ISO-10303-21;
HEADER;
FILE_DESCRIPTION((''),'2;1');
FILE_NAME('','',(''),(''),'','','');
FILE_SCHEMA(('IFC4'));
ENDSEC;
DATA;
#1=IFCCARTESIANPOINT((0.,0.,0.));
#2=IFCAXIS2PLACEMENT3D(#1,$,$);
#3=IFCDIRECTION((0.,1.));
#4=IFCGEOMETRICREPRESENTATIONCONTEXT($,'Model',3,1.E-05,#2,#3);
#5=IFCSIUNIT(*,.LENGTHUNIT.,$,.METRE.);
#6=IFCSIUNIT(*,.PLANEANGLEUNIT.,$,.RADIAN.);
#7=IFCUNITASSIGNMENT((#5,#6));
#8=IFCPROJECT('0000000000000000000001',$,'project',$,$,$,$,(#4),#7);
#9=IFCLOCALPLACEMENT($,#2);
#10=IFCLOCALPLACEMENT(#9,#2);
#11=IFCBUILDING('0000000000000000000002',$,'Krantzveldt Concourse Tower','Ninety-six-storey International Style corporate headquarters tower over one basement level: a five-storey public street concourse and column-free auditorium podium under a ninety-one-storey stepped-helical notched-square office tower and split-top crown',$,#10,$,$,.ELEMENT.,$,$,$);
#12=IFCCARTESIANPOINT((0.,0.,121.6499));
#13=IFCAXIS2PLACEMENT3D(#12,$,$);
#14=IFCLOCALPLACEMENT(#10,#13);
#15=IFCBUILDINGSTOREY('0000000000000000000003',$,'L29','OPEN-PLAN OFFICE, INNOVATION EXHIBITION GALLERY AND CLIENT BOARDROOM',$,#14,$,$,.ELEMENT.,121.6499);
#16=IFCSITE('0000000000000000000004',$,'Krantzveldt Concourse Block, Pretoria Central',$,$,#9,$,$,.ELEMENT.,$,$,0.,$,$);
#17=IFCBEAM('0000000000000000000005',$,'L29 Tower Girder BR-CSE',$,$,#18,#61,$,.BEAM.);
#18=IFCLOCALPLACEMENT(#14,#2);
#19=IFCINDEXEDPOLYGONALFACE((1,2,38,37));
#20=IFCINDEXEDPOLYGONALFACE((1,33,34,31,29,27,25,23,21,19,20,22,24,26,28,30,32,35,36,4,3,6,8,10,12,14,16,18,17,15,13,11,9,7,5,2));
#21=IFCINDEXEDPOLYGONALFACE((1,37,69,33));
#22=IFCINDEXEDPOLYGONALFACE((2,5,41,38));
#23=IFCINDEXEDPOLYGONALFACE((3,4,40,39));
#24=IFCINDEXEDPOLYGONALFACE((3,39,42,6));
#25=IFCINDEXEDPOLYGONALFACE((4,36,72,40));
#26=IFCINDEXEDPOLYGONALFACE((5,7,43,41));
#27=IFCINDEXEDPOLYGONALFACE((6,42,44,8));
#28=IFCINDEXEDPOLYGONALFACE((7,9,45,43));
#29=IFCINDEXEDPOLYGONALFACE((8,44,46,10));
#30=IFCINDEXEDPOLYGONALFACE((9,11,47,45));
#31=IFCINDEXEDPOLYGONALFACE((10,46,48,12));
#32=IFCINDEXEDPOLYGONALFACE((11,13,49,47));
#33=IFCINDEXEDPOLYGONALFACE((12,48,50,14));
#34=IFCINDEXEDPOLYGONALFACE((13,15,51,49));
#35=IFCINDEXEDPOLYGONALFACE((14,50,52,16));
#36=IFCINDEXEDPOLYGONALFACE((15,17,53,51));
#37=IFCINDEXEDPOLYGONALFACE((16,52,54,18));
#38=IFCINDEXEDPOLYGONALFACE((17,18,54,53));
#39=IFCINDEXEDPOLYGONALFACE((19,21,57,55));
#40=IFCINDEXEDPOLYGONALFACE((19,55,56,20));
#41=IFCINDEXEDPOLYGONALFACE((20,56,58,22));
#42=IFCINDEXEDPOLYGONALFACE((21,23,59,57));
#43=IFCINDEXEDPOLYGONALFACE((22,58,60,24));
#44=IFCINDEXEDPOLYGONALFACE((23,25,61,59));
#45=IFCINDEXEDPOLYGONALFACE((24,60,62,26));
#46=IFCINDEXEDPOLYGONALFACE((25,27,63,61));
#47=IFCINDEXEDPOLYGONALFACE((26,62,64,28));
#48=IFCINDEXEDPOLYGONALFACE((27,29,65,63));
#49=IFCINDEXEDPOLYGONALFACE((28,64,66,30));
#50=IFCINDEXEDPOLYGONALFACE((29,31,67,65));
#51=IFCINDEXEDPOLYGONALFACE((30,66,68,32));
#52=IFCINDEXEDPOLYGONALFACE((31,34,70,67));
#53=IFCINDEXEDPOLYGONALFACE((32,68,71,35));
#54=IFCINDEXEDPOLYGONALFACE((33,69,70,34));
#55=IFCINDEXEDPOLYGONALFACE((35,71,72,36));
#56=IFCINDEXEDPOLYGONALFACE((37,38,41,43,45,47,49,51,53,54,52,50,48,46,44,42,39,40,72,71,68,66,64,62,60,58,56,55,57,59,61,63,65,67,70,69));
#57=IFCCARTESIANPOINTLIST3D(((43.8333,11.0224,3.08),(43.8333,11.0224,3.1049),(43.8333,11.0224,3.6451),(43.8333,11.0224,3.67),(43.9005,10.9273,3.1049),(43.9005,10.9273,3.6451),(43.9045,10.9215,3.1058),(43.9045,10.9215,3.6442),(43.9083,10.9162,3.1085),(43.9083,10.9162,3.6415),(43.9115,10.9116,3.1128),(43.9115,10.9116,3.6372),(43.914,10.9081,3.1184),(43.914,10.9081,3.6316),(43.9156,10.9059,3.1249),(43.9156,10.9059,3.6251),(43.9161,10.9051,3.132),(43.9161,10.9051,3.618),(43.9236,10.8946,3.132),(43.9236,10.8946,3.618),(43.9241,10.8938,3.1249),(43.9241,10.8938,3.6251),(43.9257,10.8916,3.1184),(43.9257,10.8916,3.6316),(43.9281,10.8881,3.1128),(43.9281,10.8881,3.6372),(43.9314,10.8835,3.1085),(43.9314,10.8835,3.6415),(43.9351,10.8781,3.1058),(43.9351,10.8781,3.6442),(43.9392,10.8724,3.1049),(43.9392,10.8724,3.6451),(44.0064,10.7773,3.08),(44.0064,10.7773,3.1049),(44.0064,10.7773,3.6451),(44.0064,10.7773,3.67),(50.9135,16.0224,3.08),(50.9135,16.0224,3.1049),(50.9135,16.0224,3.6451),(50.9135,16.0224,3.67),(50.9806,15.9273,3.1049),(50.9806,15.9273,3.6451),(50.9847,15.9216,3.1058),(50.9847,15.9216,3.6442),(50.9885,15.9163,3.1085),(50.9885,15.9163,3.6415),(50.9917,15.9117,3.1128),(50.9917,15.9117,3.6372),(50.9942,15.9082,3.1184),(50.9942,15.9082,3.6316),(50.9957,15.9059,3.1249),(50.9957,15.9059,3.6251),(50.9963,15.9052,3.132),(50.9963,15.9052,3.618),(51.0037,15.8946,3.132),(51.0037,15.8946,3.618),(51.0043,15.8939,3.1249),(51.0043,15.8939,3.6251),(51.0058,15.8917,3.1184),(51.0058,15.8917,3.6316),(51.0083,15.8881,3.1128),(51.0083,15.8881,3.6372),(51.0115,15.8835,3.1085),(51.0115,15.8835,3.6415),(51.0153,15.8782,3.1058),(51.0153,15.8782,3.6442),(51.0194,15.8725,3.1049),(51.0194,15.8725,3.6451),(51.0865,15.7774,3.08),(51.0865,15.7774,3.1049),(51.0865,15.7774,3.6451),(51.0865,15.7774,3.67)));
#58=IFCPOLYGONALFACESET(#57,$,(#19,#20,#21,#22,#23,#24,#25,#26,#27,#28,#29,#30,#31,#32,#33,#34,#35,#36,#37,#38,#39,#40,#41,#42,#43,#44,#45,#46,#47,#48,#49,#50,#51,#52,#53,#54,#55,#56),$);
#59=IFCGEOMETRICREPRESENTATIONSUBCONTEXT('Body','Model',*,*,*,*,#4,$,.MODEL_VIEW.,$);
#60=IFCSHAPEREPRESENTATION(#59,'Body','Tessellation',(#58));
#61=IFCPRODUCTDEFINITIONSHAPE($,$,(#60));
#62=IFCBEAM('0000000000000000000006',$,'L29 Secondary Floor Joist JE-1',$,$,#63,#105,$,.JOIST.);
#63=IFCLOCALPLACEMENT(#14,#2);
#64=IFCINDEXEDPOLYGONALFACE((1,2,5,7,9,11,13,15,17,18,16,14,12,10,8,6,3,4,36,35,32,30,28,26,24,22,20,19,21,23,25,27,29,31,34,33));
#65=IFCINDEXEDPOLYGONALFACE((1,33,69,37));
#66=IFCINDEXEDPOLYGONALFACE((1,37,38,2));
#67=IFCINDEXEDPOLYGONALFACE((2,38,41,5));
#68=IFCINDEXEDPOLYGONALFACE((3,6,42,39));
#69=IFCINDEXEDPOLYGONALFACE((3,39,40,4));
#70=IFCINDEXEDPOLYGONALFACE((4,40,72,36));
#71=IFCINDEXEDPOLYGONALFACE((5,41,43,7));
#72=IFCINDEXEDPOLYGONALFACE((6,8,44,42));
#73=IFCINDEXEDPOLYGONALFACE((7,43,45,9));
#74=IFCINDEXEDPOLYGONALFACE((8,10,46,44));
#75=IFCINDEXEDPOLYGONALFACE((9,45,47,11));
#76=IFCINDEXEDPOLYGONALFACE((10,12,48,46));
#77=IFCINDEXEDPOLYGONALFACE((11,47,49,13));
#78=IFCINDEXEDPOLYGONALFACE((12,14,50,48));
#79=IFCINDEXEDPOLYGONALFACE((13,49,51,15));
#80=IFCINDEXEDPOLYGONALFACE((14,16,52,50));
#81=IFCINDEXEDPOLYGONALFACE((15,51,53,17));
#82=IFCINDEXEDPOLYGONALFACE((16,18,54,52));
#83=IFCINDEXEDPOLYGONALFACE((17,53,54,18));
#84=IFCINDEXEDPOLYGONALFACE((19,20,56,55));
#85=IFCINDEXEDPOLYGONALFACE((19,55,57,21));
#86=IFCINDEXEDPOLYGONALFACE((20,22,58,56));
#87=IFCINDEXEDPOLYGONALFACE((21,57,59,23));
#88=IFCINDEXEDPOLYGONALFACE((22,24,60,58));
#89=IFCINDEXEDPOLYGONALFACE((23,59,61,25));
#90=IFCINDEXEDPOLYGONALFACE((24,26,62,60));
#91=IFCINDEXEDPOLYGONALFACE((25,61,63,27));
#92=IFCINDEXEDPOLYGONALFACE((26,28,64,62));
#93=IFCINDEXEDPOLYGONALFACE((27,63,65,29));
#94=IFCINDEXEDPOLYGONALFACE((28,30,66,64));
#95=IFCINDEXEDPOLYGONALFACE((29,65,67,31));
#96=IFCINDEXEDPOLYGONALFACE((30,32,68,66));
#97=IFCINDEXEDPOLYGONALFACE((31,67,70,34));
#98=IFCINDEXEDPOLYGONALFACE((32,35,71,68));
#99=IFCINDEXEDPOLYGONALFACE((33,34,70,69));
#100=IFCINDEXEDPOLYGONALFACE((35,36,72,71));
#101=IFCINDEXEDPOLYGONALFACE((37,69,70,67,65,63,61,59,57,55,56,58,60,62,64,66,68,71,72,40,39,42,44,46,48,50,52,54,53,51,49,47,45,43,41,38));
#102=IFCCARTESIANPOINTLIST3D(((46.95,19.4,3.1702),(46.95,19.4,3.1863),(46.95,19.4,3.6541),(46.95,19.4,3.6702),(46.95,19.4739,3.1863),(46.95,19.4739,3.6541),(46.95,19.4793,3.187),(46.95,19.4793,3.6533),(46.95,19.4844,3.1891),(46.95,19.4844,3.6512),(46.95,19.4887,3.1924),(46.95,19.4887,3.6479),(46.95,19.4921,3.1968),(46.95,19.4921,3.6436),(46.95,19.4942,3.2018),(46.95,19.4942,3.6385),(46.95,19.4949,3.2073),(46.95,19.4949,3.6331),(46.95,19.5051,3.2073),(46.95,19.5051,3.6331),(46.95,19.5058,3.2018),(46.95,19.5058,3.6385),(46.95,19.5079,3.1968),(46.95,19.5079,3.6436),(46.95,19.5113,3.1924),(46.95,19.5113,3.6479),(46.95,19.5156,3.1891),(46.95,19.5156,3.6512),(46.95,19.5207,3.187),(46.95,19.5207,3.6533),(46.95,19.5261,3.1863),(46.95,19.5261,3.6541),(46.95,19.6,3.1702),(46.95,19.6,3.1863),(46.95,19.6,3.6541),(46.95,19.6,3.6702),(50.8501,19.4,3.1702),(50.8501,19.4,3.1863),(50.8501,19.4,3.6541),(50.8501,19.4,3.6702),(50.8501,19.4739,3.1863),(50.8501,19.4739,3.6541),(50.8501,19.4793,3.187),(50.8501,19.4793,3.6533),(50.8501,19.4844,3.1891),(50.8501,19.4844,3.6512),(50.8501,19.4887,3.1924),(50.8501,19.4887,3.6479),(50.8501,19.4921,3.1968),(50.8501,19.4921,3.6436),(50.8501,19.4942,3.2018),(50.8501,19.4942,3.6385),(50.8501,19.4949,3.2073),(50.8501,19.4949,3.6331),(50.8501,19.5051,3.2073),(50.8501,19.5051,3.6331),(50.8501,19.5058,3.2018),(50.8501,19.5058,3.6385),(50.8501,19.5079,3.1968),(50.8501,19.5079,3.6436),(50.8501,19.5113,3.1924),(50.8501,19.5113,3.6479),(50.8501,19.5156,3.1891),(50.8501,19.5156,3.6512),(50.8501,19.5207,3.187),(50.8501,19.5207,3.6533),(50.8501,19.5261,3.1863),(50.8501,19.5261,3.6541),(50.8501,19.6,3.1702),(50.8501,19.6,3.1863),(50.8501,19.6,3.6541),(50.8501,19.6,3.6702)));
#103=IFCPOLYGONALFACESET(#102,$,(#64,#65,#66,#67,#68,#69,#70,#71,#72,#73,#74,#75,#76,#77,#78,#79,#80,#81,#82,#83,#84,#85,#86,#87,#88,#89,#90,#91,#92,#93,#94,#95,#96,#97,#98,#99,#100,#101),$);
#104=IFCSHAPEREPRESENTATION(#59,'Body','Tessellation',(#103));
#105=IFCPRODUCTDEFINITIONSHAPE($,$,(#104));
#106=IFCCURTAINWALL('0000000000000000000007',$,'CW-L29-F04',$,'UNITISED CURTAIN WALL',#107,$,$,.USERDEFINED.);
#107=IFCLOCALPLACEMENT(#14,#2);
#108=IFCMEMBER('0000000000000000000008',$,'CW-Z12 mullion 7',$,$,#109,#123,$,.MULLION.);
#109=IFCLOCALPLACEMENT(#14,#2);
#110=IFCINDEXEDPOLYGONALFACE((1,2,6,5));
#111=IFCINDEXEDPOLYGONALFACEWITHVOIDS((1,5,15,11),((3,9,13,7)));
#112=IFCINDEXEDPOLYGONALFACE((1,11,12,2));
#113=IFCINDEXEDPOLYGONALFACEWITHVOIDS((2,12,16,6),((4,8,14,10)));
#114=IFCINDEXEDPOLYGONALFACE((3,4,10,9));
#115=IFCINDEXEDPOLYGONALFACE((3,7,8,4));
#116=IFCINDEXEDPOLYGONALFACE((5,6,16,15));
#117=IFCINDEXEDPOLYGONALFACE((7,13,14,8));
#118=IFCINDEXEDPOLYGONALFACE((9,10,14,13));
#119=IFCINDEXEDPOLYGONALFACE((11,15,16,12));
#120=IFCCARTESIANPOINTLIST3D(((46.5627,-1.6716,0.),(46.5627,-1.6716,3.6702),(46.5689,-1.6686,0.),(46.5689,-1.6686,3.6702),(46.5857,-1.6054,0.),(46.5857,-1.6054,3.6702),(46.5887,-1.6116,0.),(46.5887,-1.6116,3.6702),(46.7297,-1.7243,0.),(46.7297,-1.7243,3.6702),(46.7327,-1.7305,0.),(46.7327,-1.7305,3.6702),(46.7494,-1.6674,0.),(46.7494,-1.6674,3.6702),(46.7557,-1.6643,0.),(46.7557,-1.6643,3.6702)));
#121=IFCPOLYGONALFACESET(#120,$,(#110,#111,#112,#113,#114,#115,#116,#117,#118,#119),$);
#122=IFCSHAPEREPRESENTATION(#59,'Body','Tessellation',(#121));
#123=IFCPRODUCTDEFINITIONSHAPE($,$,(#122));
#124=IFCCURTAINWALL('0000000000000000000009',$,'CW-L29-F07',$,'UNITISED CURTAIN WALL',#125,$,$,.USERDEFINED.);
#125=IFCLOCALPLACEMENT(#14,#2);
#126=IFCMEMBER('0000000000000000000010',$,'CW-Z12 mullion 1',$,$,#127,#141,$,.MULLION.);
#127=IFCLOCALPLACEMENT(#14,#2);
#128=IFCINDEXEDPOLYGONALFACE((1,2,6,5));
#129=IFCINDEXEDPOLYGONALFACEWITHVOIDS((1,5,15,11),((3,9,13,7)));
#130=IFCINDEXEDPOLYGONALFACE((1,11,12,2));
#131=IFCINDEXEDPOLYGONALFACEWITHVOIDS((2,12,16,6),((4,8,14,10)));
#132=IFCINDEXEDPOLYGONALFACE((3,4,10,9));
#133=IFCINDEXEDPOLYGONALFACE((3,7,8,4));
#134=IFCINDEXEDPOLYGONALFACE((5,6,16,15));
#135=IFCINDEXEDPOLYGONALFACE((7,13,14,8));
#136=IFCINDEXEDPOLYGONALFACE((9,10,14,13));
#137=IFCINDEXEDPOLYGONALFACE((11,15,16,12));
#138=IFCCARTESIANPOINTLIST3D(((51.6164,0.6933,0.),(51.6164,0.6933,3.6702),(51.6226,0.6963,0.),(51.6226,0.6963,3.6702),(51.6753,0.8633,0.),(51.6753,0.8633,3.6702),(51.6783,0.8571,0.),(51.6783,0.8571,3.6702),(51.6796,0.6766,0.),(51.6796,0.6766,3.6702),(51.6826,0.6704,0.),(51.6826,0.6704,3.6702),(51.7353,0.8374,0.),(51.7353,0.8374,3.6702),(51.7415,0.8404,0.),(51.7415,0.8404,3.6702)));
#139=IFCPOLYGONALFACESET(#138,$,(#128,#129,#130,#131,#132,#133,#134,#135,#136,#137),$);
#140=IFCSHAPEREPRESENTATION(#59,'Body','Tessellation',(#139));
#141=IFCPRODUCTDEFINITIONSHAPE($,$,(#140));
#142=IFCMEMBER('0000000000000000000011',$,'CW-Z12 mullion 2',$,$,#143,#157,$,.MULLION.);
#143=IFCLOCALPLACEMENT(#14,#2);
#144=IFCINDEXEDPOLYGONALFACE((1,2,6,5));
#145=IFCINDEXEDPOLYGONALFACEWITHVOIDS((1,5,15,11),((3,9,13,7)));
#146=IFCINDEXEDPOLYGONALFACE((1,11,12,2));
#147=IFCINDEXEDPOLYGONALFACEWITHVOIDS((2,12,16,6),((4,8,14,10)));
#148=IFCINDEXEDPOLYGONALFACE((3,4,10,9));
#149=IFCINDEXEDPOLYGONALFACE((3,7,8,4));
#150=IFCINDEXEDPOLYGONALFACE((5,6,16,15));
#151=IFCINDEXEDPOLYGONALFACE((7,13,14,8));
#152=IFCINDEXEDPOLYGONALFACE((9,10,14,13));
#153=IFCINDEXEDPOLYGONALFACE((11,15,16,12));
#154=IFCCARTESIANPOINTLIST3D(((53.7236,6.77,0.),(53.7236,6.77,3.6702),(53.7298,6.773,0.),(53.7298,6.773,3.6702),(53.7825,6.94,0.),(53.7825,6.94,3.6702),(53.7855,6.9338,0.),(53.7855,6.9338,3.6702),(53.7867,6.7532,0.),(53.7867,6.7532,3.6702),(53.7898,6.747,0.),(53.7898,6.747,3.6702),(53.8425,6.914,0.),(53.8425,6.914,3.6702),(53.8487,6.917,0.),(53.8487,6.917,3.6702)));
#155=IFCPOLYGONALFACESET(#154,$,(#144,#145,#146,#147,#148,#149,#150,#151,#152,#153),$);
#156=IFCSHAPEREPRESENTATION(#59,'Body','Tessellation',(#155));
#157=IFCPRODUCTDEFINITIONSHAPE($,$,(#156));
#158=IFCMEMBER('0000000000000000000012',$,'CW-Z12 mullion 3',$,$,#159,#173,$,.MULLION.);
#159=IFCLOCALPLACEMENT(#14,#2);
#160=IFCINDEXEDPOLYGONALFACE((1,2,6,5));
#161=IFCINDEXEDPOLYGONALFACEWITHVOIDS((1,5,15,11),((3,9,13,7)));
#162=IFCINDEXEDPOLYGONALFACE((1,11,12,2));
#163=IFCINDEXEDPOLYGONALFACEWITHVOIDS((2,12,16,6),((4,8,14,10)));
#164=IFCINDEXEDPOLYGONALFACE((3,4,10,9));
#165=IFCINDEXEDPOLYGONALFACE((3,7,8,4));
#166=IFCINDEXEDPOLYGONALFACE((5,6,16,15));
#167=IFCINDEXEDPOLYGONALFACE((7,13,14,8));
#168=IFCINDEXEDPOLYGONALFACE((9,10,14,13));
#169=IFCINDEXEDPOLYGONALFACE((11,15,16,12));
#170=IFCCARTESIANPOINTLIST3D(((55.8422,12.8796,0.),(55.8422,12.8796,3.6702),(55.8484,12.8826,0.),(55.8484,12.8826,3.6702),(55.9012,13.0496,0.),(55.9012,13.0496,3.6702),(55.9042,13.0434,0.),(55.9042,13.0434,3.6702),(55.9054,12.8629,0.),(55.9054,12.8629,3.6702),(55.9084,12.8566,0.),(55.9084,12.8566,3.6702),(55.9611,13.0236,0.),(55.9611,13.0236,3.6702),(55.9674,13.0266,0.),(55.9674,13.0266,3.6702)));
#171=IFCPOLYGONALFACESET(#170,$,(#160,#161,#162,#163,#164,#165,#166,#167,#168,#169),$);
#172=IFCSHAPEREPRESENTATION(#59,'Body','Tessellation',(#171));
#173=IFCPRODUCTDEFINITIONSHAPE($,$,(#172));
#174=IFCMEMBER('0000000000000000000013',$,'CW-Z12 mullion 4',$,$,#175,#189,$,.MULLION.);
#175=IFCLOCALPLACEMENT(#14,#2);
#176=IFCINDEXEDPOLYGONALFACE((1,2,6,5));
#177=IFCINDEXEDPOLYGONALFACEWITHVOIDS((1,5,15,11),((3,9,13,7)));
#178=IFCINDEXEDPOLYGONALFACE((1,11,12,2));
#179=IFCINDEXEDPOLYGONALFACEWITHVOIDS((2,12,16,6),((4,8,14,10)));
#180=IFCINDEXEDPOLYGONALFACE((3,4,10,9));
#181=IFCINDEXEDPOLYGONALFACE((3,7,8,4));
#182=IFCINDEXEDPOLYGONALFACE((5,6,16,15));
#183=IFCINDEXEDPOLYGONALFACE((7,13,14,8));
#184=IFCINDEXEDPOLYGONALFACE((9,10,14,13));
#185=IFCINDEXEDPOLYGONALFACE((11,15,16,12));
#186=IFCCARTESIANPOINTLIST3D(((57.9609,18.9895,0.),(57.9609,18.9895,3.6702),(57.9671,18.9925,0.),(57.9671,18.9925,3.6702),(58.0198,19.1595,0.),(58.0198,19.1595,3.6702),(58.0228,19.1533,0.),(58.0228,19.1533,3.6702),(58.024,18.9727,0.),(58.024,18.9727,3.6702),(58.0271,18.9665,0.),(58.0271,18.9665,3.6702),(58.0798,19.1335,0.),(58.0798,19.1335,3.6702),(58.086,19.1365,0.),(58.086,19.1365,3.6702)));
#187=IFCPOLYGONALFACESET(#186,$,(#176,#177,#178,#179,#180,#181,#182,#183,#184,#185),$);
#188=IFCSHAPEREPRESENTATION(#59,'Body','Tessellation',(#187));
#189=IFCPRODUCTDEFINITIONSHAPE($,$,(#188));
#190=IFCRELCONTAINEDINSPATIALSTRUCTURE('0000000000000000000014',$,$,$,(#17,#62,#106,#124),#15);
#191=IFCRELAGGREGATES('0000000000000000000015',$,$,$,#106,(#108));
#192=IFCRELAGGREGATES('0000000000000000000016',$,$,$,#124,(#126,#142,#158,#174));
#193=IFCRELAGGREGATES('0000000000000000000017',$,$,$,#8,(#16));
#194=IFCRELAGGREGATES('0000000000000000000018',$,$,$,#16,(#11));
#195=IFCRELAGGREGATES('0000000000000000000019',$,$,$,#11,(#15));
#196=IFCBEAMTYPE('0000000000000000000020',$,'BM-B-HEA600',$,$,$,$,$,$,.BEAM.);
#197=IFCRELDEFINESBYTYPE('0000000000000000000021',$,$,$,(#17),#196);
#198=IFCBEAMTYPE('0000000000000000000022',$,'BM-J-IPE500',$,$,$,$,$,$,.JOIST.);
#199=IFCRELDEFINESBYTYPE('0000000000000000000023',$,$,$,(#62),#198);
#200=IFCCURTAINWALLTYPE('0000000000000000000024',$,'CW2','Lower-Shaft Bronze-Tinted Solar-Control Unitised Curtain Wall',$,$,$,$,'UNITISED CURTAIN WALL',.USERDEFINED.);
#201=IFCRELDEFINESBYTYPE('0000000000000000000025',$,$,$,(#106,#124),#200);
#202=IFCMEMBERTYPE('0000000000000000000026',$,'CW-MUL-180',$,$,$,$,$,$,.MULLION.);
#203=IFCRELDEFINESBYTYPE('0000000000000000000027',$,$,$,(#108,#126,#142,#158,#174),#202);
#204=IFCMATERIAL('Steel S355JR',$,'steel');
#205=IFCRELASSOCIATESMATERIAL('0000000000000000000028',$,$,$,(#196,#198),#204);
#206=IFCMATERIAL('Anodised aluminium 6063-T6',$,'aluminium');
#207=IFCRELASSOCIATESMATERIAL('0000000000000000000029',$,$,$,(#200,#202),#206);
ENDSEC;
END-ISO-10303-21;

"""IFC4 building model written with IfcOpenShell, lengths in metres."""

from ifc_helpers import new_model, si_unit, direction, frame, origin, origin_2d, place, context, subcontext, project, spatial, hollow_rectangle, i_section, extrude, source, transform, mapped, material, material_profile, profile_set, type_object, type_shapes, element, aggregate, save


model = new_model("IFC4")

# Units and contexts
model_context = context("Model", 3, precision=1e-05, world=origin(), true_north=direction((0.0, 1.0)))
body_context = subcontext(model_context, "Body", "Model", "MODEL_VIEW")
ifc_project = project(units=[si_unit("LENGTHUNIT", "METRE"), si_unit("PLANEANGLEUNIT", "RADIAN")], contexts=[model_context])

# Site, building, storey
site_placement = place(None, origin())
site = spatial("IfcSite", under=ifc_project, at=site_placement, Name="Krantzveldt Concourse Block, Pretoria Central", CompositionType="ELEMENT", RefElevation=0.0)
building_placement = place(site_placement, origin())
building = spatial("IfcBuilding", under=site, at=building_placement, Name="Krantzveldt Concourse Tower", Description="Ninety-six-storey International Style corporate headquarters tower over one basement level: a five-storey public street concourse and column-free auditorium podium under a ninety-one-storey stepped-helical notched-square office tower and split-top crown", CompositionType="ELEMENT")
storey_placement = place(building_placement, frame((0.0, 0.0, 121.6499)))
storey = spatial("IfcBuildingStorey", under=building, at=storey_placement, Name="L29", Description="OPEN-PLAN OFFICE, INNOVATION EXHIBITION GALLERY AND CLIENT BOARDROOM", CompositionType="ELEMENT", Elevation=121.6499)

# Beams
ifc_material_1 = material(Name="Steel S355JR", Category="steel")
ifc_material_profile_1 = material_profile(ifc_material_1, i_section(OverallWidth=0.3, OverallDepth=0.5901, WebThickness=0.0129, FlangeThickness=0.0249, FilletRadius=0.0271, at=origin_2d()), Name="Steel S355JR", Category="steel")
ifc_profile_set_1 = profile_set([ifc_material_profile_1], Name="Steel S355JR - HEA 600")
beam_type_1 = type_object("IfcBeamType", Name="BM-B-HEA600", PredefinedType="BEAM", material=ifc_profile_set_1)
shared_shape_1 = source(origin(), body_context, "Body", "SweptSolid", [
    extrude(i_section(OverallWidth=0.3, OverallDepth=0.5901, WebThickness=0.0129, FlangeThickness=0.0249, FilletRadius=0.0271, at=origin_2d()), origin(), (0.0, 0.0, 1.0), 8.6677),
])
beam_1_placement = place(storey_placement, frame((51.0, 15.8999, 3.375), z_axis=(-0.816843, -0.57686, 0.0), x_axis=(0.57686, -0.816843, 0.0)))
element("IfcBeam", 1, at=beam_1_placement, inside=storey, type_object=beam_type_1, Name="L29 Tower Girder BR-CSE", PredefinedType="BEAM", context=body_context, shape_type="MappedRepresentation", body=[
    mapped(shared_shape_1, transform((0.0, 0.0, 0.0), x_axis=(1.0, 0.0, 0.0), y_axis=(0.0, 1.0, 0.0), z_axis=(0.0, 0.0, 1.0), scale=1.0)),
])
ifc_material_profile_2 = material_profile(ifc_material_1, i_section(OverallWidth=0.2, OverallDepth=0.5, WebThickness=0.0103, FlangeThickness=0.0161, FilletRadius=0.021, at=origin_2d()), Name="Steel S355JR", Category="steel")
ifc_profile_set_2 = profile_set([ifc_material_profile_2], Name="Steel S355JR - IPE 500")
beam_type_2 = type_object("IfcBeamType", Name="BM-J-IPE500", PredefinedType="JOIST", material=ifc_profile_set_2)
shared_shape_2 = source(origin(), body_context, "Body", "SweptSolid", [
    extrude(i_section(OverallWidth=0.2, OverallDepth=0.5, WebThickness=0.0103, FlangeThickness=0.0161, FilletRadius=0.021, at=origin_2d()), origin(), (0.0, 0.0, 1.0), 3.9001),
])
type_shapes(beam_type_2, [shared_shape_2])
beam_2_placement = place(storey_placement, frame((46.95, 19.5, 3.4202), z_axis=(1.0, 0.0, 0.0), x_axis=(0.0, 1.0, 0.0)))
element("IfcBeam", 2, at=beam_2_placement, inside=storey, type_object=beam_type_2, Name="L29 Secondary Floor Joist JE-1", PredefinedType="JOIST", context=body_context, shape_type="MappedRepresentation", body=[
    mapped(shared_shape_2, transform((0.0, 0.0, 0.0), x_axis=(1.0, 0.0, 0.0), y_axis=(0.0, 1.0, 0.0), z_axis=(0.0, 0.0, 1.0), scale=1.0)),
])

# Curtain wall, member
ifc_material_2 = material(Name="Anodised aluminium 6063-T6", Category="aluminium")
curtain_wall_type = type_object("IfcCurtainWallType", Name="CW2", Description="Lower-Shaft Bronze-Tinted Solar-Control Unitised Curtain Wall", ElementType="UNITISED CURTAIN WALL", PredefinedType="USERDEFINED", material=ifc_material_2)
curtain_wall_1_placement = place(storey_placement, origin())
curtain_wall_1 = element("IfcCurtainWall", 3, at=curtain_wall_1_placement, inside=storey, type_object=curtain_wall_type, Name="CW-L29-F04", ObjectType="UNITISED CURTAIN WALL", PredefinedType="USERDEFINED")
ifc_material_profile_3 = material_profile(ifc_material_2, hollow_rectangle(XDim=0.0701, YDim=0.1799, WallThickness=0.0049, at=origin_2d()), Name="Anodised aluminium 6063-T6", Category="aluminium")
ifc_profile_set_3 = profile_set([ifc_material_profile_3], Name="Anodised aluminium 6063-T6 - ALU-MULL 180x70x5")
member_type_1 = type_object("IfcMemberType", Name="CW-MUL-180", PredefinedType="MULLION", material=ifc_profile_set_3)
shared_shape_3 = source(origin(), body_context, "Body", "SweptSolid", [
    extrude(hollow_rectangle(XDim=0.0701, YDim=0.1799, WallThickness=0.0049, at=origin_2d()), origin(), (0.0, 0.0, 1.0), 3.6702),
])
type_shapes(member_type_1, [shared_shape_3])
member_1_placement = place(storey_placement, frame((46.6592, -1.668, 0.0), z_axis=(0.0, 0.0, 1.0), x_axis=(0.32763, 0.944806, 0.0)))
member_1 = element("IfcMember", 4, at=member_1_placement, type_object=member_type_1, Name="CW-Z12 mullion 7", PredefinedType="MULLION", context=body_context, shape_type="MappedRepresentation", body=[
    mapped(shared_shape_3, transform((0.0, 0.0, 0.0), x_axis=(1.0, 0.0, 0.0), y_axis=(0.0, 1.0, 0.0), z_axis=(0.0, 0.0, 1.0), scale=1.0)),
])

# Curtain wall, members
curtain_wall_2_placement = place(storey_placement, origin())
curtain_wall_2 = element("IfcCurtainWall", 5, at=curtain_wall_2_placement, inside=storey, type_object=curtain_wall_type, Name="CW-L29-F07", ObjectType="UNITISED CURTAIN WALL", PredefinedType="USERDEFINED")
member_2_placement = place(storey_placement, frame((51.679, 0.7668, 0.0), z_axis=(0.0, 0.0, 1.0), x_axis=(-0.944806, 0.32763, 0.0)))
member_2 = element("IfcMember", 6, at=member_2_placement, type_object=member_type_1, Name="CW-Z12 mullion 1", PredefinedType="MULLION", context=body_context, shape_type="MappedRepresentation", body=[
    mapped(shared_shape_3, transform((0.0, 0.0, 0.0), x_axis=(1.0, 0.0, 0.0), y_axis=(0.0, 1.0, 0.0), z_axis=(0.0, 0.0, 1.0), scale=1.0)),
])
member_3_placement = place(storey_placement, frame((53.7861, 6.8435, 0.0), z_axis=(0.0, 0.0, 1.0), x_axis=(-0.944806, 0.32763, 0.0)))
member_3 = element("IfcMember", 7, at=member_3_placement, type_object=member_type_1, Name="CW-Z12 mullion 2", PredefinedType="MULLION", context=body_context, shape_type="MappedRepresentation", body=[
    mapped(shared_shape_3, transform((0.0, 0.0, 0.0), x_axis=(1.0, 0.0, 0.0), y_axis=(0.0, 1.0, 0.0), z_axis=(0.0, 0.0, 1.0), scale=1.0)),
])
member_4_placement = place(storey_placement, frame((55.9048, 12.9531, 0.0), z_axis=(0.0, 0.0, 1.0), x_axis=(-0.944806, 0.32763, 0.0)))
member_4 = element("IfcMember", 8, at=member_4_placement, type_object=member_type_1, Name="CW-Z12 mullion 3", PredefinedType="MULLION", context=body_context, shape_type="MappedRepresentation", body=[
    mapped(shared_shape_3, transform((0.0, 0.0, 0.0), x_axis=(1.0, 0.0, 0.0), y_axis=(0.0, 1.0, 0.0), z_axis=(0.0, 0.0, 1.0), scale=1.0)),
])
member_5_placement = place(storey_placement, frame((58.0234, 19.063, 0.0), z_axis=(0.0, 0.0, 1.0), x_axis=(-0.944806, 0.32763, 0.0)))
member_5 = element("IfcMember", 9, at=member_5_placement, type_object=member_type_1, Name="CW-Z12 mullion 4", PredefinedType="MULLION", context=body_context, shape_type="MappedRepresentation", body=[
    mapped(shared_shape_3, transform((0.0, 0.0, 0.0), x_axis=(1.0, 0.0, 0.0), y_axis=(0.0, 1.0, 0.0), z_axis=(0.0, 0.0, 1.0), scale=1.0)),
])

aggregate(curtain_wall_1, [member_1])
aggregate(curtain_wall_2, [member_2, member_3, member_4, member_5])

save(model, "model.ifc")
